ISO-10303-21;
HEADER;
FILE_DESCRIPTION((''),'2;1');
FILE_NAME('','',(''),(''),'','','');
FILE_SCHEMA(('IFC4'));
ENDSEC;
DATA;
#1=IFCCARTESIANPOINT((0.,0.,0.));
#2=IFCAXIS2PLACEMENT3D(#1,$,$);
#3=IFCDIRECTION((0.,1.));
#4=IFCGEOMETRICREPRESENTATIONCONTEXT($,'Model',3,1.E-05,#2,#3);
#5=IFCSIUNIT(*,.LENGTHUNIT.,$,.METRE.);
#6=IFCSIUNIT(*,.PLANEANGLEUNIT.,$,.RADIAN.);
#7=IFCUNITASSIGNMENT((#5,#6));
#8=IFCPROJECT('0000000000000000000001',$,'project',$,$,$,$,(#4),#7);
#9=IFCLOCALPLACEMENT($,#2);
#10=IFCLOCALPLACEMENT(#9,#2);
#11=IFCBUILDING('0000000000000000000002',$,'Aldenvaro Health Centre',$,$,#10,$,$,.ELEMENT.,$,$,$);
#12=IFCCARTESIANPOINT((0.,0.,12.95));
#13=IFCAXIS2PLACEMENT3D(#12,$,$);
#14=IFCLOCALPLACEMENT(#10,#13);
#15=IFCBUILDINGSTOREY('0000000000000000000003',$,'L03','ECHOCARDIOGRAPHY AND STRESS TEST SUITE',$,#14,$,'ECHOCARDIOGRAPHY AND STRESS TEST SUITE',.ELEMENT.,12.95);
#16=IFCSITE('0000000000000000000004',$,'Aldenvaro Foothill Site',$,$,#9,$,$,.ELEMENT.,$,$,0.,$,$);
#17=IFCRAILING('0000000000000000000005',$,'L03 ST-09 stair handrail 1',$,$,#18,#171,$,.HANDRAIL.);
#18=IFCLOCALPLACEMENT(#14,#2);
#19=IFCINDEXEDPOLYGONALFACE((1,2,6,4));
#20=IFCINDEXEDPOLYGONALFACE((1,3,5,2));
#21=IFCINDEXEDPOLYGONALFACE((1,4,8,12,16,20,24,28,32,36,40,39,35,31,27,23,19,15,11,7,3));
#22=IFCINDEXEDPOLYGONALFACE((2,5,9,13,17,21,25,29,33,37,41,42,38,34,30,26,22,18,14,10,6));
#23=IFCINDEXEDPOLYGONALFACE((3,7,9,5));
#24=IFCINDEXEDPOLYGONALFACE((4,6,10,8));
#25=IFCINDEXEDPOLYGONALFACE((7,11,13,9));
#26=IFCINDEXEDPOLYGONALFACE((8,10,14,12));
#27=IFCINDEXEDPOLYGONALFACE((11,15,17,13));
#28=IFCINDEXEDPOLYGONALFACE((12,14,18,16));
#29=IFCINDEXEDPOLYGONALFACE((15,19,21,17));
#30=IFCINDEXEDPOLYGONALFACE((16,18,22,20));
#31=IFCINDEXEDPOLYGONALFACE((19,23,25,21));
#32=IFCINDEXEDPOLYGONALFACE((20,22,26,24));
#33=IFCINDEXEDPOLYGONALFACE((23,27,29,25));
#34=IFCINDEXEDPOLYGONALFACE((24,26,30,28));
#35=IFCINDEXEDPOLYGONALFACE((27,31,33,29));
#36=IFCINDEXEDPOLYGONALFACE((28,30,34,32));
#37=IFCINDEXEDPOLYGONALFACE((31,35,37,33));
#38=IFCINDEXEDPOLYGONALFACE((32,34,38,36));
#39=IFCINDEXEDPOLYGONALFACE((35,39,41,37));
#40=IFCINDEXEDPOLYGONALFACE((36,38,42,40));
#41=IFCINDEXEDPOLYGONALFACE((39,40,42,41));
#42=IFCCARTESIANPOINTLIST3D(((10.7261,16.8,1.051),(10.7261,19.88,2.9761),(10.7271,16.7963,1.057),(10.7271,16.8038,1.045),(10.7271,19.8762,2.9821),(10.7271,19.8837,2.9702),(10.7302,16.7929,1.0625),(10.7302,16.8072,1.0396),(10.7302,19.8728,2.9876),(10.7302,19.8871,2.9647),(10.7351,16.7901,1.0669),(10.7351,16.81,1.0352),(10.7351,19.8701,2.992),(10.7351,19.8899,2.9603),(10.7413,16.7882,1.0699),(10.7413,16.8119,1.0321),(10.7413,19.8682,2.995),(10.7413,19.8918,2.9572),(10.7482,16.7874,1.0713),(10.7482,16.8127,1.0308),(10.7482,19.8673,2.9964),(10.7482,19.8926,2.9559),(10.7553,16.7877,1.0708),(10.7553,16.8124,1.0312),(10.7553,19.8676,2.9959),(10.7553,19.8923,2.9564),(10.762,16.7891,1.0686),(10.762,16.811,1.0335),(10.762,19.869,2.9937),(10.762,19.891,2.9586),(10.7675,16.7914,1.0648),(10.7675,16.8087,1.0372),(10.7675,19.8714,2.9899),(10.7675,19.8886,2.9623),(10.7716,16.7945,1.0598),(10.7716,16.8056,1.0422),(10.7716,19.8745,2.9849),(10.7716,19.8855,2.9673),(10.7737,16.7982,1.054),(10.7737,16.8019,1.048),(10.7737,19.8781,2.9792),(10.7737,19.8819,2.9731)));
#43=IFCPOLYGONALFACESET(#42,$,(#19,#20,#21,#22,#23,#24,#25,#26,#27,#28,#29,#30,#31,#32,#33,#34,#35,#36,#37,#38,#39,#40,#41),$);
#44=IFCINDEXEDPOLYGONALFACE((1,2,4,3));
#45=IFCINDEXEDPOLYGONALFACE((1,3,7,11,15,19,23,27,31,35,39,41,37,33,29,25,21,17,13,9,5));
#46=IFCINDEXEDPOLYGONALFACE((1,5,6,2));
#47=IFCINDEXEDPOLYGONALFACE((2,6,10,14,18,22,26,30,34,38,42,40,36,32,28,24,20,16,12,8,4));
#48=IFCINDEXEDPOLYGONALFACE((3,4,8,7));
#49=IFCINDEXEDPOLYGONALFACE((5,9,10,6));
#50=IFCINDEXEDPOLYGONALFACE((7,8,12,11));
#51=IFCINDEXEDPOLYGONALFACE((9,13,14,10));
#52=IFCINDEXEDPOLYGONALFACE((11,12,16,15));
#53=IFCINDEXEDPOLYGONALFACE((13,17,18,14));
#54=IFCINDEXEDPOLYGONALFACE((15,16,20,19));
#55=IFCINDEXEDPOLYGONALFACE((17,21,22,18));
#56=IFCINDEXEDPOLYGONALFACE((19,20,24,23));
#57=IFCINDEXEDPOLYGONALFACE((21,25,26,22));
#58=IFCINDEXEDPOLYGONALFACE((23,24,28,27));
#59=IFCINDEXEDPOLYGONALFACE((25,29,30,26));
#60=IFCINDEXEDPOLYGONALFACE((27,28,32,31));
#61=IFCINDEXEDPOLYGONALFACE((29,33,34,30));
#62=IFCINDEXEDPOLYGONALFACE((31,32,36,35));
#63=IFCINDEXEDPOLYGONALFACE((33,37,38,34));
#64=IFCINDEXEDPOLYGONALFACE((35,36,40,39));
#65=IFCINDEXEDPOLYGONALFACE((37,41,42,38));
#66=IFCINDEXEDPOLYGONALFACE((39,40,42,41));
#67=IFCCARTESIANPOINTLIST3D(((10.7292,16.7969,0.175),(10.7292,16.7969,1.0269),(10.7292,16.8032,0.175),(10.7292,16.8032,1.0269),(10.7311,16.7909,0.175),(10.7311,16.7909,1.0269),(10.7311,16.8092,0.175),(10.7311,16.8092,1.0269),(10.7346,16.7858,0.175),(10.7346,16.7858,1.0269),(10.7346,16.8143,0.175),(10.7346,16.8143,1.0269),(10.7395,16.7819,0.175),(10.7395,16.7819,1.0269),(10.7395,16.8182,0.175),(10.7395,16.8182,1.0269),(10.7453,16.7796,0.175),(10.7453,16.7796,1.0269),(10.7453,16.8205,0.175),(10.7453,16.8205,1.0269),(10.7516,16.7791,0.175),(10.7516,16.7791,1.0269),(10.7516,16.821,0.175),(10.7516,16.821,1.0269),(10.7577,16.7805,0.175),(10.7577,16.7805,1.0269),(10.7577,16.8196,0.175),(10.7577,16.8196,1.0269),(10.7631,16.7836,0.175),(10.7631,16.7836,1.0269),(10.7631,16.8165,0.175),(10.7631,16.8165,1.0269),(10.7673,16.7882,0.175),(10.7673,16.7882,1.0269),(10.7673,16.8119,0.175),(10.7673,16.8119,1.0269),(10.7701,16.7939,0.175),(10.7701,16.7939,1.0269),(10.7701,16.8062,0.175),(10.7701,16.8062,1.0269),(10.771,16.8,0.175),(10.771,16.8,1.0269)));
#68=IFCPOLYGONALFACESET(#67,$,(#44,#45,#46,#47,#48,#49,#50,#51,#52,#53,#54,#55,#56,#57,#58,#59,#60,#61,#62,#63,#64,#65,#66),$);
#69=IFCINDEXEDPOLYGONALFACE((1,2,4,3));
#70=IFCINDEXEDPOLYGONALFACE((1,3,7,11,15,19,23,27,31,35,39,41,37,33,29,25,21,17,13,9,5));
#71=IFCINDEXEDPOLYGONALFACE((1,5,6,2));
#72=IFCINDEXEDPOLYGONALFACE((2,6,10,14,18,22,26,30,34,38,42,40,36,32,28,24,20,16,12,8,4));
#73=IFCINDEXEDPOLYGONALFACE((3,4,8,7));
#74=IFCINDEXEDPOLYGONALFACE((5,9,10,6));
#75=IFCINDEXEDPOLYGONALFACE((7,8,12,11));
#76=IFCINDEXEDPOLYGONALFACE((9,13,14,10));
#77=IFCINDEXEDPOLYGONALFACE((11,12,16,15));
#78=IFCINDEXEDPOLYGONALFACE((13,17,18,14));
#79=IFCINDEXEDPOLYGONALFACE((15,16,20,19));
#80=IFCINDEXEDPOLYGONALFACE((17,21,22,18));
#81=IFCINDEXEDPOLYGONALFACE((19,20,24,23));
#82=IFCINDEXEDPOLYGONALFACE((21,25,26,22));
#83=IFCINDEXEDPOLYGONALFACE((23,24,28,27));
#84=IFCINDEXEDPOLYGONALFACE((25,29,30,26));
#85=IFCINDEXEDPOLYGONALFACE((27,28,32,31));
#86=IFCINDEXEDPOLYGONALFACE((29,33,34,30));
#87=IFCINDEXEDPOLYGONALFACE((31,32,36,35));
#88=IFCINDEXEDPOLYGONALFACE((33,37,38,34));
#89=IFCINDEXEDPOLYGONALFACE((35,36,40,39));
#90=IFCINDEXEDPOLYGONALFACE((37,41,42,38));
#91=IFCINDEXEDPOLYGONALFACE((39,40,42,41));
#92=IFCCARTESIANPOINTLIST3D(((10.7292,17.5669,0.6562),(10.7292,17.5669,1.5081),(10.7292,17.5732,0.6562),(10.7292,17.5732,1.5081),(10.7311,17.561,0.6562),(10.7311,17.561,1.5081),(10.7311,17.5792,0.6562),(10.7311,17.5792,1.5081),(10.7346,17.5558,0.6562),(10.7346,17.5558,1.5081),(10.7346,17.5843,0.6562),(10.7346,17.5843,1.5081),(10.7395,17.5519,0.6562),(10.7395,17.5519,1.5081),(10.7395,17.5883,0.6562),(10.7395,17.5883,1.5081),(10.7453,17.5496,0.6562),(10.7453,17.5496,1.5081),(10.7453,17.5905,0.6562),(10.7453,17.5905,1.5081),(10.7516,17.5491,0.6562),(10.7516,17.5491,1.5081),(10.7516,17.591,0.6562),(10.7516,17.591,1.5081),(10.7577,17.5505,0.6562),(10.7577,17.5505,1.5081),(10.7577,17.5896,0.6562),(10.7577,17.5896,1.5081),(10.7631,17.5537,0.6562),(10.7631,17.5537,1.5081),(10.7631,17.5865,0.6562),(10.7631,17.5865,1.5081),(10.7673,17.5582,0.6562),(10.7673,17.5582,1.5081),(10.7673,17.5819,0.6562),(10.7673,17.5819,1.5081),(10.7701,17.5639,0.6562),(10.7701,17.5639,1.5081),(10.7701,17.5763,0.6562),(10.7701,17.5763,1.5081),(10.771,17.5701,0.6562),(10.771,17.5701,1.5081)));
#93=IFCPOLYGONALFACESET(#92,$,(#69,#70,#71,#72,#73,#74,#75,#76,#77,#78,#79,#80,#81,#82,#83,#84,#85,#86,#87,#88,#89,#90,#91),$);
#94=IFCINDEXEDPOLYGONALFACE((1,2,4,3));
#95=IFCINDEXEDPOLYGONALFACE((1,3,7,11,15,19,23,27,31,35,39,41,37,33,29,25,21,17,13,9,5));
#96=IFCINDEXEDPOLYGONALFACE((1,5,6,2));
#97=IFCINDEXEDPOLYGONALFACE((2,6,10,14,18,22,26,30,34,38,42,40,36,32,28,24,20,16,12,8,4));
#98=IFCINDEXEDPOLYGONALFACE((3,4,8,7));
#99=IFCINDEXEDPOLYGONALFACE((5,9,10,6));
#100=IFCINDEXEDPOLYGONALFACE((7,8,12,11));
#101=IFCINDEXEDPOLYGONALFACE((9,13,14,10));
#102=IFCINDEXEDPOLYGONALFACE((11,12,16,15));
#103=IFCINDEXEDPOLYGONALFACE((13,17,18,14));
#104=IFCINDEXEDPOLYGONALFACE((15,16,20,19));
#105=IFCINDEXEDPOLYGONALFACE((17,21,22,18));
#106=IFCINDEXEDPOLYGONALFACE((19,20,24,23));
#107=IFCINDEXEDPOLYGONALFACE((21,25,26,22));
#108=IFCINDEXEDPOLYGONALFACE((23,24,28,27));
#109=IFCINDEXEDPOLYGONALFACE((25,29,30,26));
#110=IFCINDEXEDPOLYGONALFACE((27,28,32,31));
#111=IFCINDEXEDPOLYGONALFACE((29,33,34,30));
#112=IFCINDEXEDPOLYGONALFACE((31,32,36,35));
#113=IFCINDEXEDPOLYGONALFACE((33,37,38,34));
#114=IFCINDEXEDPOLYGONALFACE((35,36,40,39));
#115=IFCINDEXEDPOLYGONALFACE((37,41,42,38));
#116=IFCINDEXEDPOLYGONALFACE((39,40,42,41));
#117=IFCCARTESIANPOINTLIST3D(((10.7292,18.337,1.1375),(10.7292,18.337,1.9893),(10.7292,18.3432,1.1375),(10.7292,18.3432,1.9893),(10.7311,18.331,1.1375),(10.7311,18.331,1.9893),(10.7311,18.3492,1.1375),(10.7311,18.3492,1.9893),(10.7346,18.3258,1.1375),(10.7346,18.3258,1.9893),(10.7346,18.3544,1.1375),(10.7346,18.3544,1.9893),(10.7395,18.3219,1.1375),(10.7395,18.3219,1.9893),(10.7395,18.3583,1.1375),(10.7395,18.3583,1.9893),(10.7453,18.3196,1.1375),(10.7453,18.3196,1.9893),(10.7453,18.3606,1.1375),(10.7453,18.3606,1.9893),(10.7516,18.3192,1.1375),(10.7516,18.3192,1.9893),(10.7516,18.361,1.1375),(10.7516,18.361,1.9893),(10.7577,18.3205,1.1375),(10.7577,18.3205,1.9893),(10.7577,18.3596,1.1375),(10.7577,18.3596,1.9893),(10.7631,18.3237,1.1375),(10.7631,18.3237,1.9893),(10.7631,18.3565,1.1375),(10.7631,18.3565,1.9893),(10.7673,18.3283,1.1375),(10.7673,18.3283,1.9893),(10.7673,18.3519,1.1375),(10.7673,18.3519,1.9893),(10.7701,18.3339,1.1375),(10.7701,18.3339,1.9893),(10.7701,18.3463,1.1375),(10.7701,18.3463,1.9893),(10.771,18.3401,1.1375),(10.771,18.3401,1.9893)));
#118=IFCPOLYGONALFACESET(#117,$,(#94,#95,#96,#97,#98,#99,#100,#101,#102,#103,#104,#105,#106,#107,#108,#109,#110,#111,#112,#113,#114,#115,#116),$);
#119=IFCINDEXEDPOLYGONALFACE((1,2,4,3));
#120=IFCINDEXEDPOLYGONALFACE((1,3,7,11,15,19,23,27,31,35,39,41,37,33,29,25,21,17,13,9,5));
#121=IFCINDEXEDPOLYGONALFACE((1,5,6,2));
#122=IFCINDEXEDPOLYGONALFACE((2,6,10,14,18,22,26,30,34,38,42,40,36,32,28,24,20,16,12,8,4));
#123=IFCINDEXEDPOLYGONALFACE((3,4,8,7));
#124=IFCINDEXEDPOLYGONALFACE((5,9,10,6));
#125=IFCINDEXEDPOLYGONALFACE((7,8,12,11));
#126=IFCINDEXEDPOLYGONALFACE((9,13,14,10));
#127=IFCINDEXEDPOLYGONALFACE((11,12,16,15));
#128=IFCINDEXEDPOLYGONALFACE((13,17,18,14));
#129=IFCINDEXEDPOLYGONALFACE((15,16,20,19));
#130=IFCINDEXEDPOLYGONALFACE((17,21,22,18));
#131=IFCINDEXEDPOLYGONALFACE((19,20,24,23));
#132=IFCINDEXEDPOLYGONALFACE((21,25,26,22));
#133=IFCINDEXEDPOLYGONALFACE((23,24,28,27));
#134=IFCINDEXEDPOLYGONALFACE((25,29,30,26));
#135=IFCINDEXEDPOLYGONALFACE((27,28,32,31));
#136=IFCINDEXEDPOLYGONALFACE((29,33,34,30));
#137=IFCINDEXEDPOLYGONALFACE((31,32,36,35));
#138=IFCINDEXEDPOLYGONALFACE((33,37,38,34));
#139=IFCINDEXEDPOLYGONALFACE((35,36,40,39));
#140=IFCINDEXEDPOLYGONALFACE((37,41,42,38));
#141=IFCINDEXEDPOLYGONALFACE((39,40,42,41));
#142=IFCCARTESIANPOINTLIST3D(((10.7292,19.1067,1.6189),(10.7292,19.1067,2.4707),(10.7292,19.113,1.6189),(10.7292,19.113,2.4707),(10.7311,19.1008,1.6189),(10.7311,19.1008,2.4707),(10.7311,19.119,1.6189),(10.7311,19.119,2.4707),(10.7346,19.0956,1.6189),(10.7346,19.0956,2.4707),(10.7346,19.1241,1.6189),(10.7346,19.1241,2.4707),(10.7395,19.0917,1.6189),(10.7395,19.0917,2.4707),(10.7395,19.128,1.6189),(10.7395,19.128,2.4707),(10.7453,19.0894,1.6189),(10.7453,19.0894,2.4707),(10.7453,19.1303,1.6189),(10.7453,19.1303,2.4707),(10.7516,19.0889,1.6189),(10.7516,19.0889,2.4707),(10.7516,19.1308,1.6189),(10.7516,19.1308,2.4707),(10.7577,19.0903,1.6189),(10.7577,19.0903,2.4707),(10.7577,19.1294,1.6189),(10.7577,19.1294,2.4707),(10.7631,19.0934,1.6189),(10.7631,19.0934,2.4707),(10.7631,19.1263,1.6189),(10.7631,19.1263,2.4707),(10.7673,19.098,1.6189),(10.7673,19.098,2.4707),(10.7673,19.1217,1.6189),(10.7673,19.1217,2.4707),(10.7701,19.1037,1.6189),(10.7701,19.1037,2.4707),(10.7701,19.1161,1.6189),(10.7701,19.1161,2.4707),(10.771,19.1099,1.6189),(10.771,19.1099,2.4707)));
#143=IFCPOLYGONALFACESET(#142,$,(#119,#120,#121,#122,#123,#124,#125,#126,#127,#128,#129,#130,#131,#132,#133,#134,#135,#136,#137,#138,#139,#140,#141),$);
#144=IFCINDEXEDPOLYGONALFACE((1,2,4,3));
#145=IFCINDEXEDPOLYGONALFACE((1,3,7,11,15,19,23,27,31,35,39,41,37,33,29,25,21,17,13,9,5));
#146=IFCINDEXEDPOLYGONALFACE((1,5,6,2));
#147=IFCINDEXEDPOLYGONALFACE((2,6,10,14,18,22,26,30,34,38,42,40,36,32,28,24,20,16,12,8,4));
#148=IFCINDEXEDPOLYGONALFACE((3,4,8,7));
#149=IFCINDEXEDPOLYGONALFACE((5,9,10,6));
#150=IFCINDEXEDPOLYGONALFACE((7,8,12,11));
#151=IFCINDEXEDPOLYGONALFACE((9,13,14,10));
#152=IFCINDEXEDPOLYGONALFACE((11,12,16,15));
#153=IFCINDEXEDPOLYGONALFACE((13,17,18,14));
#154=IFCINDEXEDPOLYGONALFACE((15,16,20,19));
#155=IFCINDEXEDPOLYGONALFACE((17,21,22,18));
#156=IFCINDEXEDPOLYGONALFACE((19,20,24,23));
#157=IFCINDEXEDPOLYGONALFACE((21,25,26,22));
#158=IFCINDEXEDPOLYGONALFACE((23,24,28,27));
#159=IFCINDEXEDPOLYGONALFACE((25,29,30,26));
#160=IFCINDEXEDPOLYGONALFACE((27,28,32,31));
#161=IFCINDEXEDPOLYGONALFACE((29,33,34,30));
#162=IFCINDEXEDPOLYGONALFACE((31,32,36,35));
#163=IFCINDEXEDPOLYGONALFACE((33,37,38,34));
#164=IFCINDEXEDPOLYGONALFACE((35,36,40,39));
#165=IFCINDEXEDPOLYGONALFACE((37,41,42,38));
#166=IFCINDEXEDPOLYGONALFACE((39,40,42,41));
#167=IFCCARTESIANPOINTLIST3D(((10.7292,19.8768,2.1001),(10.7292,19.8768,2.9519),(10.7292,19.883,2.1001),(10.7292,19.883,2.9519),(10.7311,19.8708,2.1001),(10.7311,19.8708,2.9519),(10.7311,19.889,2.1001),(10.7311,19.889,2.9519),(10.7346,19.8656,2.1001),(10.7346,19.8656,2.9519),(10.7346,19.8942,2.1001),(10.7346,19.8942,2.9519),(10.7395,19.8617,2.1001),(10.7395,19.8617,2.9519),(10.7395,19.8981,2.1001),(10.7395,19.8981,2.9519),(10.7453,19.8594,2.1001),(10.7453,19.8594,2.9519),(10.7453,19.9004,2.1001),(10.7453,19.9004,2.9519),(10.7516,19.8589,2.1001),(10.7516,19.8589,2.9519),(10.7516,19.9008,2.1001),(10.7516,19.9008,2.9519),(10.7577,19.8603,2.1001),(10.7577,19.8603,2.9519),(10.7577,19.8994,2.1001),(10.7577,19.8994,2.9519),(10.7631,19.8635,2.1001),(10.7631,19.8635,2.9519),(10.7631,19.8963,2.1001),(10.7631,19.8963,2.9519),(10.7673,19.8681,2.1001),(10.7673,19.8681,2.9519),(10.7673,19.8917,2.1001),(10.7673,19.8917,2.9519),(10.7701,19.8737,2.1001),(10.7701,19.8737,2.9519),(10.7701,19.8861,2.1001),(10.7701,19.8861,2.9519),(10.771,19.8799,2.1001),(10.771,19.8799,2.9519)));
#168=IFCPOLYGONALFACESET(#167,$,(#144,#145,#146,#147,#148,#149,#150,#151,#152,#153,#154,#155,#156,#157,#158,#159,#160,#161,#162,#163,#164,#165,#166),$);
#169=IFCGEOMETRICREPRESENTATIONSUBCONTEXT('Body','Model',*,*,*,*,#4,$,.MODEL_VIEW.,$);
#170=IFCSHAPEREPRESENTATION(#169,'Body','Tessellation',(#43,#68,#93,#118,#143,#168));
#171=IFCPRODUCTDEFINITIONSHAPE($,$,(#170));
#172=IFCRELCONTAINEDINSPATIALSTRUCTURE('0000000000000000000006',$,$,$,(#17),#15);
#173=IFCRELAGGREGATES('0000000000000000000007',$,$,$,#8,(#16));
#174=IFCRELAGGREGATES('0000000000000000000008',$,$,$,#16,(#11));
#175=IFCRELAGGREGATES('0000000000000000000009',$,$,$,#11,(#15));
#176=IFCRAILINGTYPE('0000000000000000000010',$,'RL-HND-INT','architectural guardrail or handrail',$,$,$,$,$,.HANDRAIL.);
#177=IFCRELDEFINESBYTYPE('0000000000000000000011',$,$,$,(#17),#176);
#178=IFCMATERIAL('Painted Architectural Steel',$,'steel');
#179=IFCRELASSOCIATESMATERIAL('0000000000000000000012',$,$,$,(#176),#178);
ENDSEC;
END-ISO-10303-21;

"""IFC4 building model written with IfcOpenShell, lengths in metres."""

from ifc_helpers import new_model, si_unit, direction, frame, origin, origin_2d, place, context, subcontext, project, spatial, circle, extrude, material, type_object, element, save


model = new_model("IFC4")

# Units and contexts
model_context = context("Model", 3, precision=1e-05, world=origin(), true_north=direction((0.0, 1.0)))
body_context = subcontext(model_context, "Body", "Model", "MODEL_VIEW")
ifc_project = project(units=[si_unit("LENGTHUNIT", "METRE"), si_unit("PLANEANGLEUNIT", "RADIAN")], contexts=[model_context])

# Site, building, storey
site_placement = place(None, origin())
site = spatial("IfcSite", under=ifc_project, at=site_placement, Name="Aldenvaro Foothill Site", CompositionType="ELEMENT", RefElevation=0.0)
building_placement = place(site_placement, origin())
building = spatial("IfcBuilding", under=site, at=building_placement, Name="Aldenvaro Health Centre", CompositionType="ELEMENT")
storey_placement = place(building_placement, frame((0.0, 0.0, 12.95)))
storey = spatial("IfcBuildingStorey", under=building, at=storey_placement, Name="L03", Description="ECHOCARDIOGRAPHY AND STRESS TEST SUITE", LongName="ECHOCARDIOGRAPHY AND STRESS TEST SUITE", CompositionType="ELEMENT", Elevation=12.95)

# Railing
ifc_material_1 = material(Name="Painted Architectural Steel", Category="steel")
railing_type = type_object("IfcRailingType", Name="RL-HND-INT", Description="architectural guardrail or handrail", PredefinedType="HANDRAIL", material=ifc_material_1)
railing_placement = place(storey_placement, frame((10.75, 16.8, 0.175)))
element("IfcRailing", 1, at=railing_placement, inside=storey, type_object=railing_type, Name="L03 ST-09 stair handrail 1", PredefinedType="HANDRAIL", context=body_context, shape_type="SweptSolid", body=[
    extrude(circle(Radius=0.0239, at=origin_2d()), frame((0.0, 0.0, 0.876), z_axis=(0.0, 0.847979, 0.530029), x_axis=(-1.0, 0.0, 0.0)), (0.0, 0.0, 1.0), 3.6321),
    extrude(circle(Radius=0.021, at=origin_2d()), origin(), (0.0, 0.0, 1.0), 0.8518),
    extrude(circle(Radius=0.021, at=origin_2d()), frame((0.0, 0.77, 0.4812)), (0.0, 0.0, 1.0), 0.8518),
    extrude(circle(Radius=0.021, at=origin_2d()), frame((0.0, 1.54, 0.9624)), (0.0, 0.0, 1.0), 0.8518),
    extrude(circle(Radius=0.021, at=origin_2d()), frame((0.0, 2.3098, 1.4438)), (0.0, 0.0, 1.0), 0.8518),
    extrude(circle(Radius=0.021, at=origin_2d()), frame((0.0, 3.0798, 1.925)), (0.0, 0.0, 1.0), 0.8518),
])

save(model, "model.ifc")
